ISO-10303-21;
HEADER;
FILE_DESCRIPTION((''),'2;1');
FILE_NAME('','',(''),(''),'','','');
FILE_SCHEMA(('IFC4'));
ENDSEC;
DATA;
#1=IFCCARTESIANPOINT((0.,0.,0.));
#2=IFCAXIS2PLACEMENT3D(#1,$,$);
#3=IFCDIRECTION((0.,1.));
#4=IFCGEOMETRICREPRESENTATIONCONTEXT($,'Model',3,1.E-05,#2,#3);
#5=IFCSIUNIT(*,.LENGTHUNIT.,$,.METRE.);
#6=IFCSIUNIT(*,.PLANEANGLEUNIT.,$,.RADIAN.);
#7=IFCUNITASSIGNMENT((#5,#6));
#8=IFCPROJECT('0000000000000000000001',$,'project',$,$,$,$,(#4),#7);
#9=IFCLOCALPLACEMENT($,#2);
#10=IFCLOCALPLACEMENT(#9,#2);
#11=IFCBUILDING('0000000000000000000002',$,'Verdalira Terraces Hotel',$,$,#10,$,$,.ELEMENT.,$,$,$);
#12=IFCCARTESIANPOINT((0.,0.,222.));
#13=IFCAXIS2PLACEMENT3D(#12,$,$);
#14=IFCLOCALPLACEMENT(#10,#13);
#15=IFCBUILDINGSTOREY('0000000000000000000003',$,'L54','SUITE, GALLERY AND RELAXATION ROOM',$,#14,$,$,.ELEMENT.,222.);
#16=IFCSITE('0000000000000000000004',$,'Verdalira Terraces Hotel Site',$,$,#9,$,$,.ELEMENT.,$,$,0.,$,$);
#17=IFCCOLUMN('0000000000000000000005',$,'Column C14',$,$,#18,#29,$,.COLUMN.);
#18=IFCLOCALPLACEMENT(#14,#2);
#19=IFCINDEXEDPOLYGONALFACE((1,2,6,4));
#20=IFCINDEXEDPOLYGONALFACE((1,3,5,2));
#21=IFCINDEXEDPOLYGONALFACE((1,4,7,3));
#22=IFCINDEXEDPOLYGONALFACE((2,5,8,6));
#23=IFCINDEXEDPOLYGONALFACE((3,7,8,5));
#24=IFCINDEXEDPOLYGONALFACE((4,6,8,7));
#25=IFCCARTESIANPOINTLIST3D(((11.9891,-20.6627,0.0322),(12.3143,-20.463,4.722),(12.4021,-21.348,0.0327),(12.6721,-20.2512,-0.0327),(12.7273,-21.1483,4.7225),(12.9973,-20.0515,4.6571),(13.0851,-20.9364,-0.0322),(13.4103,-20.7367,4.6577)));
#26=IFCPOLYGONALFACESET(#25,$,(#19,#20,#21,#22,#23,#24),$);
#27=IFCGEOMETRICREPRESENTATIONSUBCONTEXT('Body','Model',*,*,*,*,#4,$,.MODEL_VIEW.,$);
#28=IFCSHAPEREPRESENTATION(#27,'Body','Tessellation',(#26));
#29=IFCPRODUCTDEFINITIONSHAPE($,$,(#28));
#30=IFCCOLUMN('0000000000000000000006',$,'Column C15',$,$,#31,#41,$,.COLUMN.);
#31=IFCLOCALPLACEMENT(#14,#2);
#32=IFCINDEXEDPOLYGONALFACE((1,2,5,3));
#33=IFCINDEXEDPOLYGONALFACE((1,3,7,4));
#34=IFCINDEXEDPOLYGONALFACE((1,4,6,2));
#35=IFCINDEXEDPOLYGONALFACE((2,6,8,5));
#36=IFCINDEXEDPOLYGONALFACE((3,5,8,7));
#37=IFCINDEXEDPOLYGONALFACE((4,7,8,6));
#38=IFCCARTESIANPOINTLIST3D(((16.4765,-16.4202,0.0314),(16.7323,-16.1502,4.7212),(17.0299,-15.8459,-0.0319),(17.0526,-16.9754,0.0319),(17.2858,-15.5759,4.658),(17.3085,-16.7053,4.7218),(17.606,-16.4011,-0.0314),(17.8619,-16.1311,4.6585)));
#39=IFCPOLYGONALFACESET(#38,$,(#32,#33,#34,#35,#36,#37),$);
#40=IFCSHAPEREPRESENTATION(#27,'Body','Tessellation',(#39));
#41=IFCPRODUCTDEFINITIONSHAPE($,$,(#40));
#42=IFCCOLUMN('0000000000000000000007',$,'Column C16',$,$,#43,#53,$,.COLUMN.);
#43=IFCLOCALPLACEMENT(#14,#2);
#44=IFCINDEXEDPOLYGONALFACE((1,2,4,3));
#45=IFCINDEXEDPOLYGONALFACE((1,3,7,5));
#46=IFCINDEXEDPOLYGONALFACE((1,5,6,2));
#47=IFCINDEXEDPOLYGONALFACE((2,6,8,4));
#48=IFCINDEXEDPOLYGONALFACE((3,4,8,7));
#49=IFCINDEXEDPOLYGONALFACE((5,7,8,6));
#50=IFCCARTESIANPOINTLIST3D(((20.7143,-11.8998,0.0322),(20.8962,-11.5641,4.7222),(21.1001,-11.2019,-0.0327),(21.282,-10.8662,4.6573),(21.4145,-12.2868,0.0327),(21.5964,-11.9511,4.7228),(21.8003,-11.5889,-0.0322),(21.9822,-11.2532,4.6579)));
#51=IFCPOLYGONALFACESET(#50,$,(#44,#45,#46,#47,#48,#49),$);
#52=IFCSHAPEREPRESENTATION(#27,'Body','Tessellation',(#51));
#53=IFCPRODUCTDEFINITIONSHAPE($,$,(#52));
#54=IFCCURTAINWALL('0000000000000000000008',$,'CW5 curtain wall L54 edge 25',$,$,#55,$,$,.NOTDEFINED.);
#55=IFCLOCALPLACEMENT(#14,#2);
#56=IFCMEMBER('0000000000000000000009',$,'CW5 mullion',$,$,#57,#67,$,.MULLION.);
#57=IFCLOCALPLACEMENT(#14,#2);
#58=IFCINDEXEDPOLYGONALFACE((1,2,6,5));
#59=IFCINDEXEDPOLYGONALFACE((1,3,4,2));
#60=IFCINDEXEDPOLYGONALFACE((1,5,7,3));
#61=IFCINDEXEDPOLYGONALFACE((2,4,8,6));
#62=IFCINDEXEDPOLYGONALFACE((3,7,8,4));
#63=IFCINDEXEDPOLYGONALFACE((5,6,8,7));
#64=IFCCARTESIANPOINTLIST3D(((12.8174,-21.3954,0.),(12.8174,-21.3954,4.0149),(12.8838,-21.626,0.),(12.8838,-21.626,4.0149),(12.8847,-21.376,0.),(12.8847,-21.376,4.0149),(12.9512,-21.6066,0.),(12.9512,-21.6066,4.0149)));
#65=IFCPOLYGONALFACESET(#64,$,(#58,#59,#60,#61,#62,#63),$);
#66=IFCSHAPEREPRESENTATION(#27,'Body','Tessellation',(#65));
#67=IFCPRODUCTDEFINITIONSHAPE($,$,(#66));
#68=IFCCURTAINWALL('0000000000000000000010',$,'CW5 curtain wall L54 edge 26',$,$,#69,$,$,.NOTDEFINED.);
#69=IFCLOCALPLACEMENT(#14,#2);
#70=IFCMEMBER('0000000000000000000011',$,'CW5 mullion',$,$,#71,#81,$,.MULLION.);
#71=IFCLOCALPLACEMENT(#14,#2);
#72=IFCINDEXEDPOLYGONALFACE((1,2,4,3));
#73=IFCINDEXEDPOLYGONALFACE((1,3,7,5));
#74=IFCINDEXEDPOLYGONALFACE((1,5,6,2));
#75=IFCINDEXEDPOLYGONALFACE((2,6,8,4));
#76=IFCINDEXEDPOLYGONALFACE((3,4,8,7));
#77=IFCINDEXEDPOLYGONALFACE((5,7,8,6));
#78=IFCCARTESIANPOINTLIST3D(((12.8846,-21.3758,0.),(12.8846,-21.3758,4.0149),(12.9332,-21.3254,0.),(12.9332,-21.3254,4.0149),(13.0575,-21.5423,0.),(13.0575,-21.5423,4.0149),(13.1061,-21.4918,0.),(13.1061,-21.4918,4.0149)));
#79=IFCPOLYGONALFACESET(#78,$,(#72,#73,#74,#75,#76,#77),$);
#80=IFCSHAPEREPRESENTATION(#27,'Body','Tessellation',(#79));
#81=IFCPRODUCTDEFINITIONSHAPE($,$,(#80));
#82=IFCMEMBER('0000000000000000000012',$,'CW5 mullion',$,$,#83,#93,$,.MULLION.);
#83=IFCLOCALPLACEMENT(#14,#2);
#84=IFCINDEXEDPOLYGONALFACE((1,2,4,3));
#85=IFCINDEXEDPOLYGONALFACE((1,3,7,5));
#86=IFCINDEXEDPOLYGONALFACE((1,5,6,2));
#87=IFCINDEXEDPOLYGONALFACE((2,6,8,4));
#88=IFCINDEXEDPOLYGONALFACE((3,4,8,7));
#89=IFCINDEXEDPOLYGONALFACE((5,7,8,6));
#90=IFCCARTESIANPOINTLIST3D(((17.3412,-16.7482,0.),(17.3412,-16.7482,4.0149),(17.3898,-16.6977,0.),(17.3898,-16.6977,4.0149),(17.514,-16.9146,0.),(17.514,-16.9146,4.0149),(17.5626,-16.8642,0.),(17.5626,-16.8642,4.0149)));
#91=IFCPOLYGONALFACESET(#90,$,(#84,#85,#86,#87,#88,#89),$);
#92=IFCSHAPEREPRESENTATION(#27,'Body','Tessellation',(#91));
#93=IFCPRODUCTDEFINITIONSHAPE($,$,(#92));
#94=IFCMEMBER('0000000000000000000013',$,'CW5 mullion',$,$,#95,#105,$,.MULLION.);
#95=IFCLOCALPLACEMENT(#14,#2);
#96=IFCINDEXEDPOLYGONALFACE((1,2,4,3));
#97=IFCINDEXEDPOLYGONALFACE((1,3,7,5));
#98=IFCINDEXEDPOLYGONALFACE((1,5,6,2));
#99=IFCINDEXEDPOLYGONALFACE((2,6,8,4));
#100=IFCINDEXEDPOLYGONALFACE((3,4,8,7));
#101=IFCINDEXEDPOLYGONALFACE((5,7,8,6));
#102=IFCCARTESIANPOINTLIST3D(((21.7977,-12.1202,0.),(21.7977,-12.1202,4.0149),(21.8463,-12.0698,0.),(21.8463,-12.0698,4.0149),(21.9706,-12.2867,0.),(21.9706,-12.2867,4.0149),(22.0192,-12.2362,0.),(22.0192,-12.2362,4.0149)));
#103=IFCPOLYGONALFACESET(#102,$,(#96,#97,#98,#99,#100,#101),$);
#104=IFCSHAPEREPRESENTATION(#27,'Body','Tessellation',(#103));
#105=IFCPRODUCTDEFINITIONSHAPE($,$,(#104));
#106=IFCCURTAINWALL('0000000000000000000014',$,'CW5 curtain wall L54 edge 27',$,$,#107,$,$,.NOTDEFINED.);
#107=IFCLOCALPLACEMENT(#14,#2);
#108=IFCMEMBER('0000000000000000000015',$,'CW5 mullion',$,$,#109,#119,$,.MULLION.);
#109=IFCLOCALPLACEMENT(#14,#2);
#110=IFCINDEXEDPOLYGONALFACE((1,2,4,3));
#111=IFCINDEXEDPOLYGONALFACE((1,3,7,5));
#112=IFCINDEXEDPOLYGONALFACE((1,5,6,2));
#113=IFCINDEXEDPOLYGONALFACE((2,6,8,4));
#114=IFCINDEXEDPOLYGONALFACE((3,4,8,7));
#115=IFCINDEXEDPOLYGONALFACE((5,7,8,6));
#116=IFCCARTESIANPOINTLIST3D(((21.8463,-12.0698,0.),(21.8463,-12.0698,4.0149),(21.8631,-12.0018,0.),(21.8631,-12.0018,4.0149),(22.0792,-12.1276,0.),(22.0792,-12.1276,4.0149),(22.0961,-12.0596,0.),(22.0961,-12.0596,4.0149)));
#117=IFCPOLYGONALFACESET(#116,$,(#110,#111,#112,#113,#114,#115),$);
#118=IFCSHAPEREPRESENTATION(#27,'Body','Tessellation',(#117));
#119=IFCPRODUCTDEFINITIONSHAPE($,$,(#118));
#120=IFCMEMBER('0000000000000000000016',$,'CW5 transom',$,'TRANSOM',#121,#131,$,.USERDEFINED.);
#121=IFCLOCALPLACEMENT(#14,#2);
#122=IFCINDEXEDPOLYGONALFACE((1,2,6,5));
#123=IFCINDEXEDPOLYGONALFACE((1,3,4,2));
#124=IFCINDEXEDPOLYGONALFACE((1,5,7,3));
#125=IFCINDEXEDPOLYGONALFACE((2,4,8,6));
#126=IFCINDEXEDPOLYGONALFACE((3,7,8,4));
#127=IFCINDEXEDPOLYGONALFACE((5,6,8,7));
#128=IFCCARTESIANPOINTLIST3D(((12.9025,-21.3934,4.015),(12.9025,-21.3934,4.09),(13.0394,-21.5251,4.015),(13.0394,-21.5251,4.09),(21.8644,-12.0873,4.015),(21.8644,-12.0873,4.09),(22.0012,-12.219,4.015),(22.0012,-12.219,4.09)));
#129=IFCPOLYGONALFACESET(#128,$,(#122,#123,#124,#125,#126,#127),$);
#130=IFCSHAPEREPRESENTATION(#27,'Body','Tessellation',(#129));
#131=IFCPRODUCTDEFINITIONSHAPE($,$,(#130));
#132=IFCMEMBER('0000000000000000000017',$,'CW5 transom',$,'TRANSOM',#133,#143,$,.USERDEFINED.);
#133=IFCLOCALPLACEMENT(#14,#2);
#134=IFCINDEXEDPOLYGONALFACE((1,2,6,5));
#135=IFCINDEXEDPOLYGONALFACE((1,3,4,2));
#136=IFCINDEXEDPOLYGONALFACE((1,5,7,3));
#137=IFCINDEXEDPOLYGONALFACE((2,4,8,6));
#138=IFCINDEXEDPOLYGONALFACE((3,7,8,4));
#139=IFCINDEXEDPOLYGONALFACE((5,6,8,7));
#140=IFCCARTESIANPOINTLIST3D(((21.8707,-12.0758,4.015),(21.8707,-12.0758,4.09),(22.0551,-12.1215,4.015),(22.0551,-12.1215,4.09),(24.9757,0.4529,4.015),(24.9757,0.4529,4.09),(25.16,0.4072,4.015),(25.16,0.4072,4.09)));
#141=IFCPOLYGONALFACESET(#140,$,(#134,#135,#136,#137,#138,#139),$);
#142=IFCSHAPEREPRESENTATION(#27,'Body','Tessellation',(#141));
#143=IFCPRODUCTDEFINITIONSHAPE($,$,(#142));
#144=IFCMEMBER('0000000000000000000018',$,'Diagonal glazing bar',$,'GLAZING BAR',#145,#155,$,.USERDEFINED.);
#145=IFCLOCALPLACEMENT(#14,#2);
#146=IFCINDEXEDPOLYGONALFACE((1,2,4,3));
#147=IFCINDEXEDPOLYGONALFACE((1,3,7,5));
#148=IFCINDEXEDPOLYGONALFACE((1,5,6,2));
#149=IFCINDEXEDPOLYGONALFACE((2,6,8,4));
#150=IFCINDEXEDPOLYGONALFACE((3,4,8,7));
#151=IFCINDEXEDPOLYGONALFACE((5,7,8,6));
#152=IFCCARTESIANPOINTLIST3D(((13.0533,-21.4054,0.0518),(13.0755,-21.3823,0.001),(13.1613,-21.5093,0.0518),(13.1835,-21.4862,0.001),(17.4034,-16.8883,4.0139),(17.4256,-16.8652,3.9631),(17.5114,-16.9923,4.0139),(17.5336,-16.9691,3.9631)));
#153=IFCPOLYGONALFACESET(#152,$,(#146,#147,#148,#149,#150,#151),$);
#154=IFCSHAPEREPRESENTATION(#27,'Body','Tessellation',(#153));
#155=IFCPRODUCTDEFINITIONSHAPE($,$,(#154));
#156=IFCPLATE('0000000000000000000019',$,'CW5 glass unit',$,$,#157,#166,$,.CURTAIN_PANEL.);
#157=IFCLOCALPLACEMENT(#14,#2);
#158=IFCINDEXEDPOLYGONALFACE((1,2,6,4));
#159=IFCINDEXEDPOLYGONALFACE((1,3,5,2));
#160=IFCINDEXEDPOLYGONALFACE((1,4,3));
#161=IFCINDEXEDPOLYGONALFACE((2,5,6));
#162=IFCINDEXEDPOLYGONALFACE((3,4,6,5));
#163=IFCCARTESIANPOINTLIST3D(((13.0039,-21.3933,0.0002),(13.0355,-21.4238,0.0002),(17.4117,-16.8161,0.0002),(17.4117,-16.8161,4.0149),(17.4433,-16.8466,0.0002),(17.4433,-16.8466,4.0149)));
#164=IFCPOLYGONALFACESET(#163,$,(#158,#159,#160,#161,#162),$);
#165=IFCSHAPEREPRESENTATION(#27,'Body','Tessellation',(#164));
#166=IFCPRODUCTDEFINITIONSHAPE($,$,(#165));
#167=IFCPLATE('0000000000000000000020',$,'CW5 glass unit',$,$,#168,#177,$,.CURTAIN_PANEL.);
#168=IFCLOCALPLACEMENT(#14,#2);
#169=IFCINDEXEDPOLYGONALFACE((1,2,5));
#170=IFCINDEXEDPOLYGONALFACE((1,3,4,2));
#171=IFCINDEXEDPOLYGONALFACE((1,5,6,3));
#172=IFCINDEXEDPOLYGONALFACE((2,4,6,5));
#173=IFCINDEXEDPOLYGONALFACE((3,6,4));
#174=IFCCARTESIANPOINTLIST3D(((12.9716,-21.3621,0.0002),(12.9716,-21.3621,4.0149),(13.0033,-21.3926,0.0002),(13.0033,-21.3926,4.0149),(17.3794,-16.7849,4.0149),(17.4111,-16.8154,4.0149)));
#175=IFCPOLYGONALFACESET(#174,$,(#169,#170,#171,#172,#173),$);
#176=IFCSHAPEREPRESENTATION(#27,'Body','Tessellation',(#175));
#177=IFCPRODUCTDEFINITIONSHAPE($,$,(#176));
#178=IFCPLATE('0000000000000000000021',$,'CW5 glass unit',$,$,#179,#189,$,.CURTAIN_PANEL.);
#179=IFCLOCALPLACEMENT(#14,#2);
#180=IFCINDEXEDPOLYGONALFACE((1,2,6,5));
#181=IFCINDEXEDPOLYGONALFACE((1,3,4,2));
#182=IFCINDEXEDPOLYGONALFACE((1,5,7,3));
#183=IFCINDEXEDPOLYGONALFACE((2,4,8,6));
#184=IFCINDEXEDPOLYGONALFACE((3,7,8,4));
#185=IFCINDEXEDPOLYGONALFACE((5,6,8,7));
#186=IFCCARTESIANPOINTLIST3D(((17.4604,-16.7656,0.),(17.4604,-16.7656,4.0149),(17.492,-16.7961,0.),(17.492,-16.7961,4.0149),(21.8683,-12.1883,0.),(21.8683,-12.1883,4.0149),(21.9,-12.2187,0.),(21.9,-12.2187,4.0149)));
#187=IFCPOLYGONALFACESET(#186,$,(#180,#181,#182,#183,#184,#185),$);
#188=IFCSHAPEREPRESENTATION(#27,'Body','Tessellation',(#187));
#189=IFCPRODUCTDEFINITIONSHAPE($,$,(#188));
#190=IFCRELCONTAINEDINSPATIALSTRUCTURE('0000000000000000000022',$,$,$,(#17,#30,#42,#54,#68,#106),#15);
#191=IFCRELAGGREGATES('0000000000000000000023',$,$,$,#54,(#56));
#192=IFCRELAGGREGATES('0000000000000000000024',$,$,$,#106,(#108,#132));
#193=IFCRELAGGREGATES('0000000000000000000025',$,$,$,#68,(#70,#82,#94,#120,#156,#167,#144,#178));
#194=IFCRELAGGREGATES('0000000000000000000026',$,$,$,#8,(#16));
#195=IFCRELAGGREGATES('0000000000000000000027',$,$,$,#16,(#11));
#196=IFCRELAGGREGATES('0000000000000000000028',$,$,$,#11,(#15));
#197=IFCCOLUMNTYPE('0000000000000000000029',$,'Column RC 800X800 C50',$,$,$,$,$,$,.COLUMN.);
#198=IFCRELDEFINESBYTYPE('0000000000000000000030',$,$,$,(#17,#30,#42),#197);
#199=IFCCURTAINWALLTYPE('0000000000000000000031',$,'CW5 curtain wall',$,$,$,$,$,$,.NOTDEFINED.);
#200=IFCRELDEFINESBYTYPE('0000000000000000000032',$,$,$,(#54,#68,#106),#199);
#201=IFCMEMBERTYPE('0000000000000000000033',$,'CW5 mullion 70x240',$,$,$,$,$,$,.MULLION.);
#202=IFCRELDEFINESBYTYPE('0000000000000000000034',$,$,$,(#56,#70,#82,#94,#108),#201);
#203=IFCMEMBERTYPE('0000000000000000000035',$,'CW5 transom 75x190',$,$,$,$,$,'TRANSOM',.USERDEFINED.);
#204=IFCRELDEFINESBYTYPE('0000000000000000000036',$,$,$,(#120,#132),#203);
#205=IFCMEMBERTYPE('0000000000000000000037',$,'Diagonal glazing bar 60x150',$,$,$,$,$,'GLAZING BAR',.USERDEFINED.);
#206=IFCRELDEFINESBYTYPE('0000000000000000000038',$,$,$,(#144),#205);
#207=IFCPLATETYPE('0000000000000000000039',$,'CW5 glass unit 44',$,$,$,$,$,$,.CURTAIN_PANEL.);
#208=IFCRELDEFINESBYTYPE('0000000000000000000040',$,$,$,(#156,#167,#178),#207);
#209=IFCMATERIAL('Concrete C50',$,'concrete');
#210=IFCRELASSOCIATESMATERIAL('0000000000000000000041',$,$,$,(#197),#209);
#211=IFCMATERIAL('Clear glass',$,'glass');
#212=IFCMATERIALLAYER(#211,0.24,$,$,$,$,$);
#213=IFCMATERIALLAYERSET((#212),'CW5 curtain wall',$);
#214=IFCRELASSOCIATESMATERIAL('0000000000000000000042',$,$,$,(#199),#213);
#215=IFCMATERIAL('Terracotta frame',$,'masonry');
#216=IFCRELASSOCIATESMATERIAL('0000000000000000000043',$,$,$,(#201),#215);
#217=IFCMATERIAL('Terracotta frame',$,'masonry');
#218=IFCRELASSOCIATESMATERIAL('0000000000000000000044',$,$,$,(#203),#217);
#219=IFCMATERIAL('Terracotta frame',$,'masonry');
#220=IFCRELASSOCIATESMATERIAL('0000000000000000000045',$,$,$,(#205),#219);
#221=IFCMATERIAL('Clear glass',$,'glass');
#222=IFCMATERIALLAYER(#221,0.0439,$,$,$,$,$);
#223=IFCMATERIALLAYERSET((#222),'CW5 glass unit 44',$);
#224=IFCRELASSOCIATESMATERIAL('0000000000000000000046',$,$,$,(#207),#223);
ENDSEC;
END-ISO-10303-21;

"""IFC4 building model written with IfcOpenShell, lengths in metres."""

from ifc_helpers import new_model, si_unit, direction, frame, origin, origin_2d, place, context, subcontext, project, spatial, polyline, rectangle, outline, extrude, material, layer, layer_set, material_profile, profile_set, type_object, element, aggregate, save


model = new_model("IFC4")

# Units and contexts
model_context = context("Model", 3, precision=1e-05, world=origin(), true_north=direction((0.0, 1.0)))
body_context = subcontext(model_context, "Body", "Model", "MODEL_VIEW")
ifc_project = project(units=[si_unit("LENGTHUNIT", "METRE"), si_unit("PLANEANGLEUNIT", "RADIAN")], contexts=[model_context])

# Site, building, storey
site_placement = place(None, origin())
site = spatial("IfcSite", under=ifc_project, at=site_placement, Name="Verdalira Terraces Hotel Site", CompositionType="ELEMENT", RefElevation=0.0)
building_placement = place(site_placement, origin())
building = spatial("IfcBuilding", under=site, at=building_placement, Name="Verdalira Terraces Hotel", CompositionType="ELEMENT")
storey_placement = place(building_placement, frame((0.0, 0.0, 222.0)))
storey = spatial("IfcBuildingStorey", under=building, at=storey_placement, Name="L54", Description="SUITE, GALLERY AND RELAXATION ROOM", CompositionType="ELEMENT", Elevation=222.0)

# Columns
ifc_material_1 = material(Name="Concrete C50", Category="concrete")
ifc_material_profile_1 = material_profile(ifc_material_1, rectangle(XDim=0.8, YDim=0.8, at=origin_2d()), Name="RC 800X800")
ifc_profile_set_1 = profile_set([ifc_material_profile_1], Name="Concrete C50")
column_type = type_object("IfcColumnType", Name="Column RC 800X800 C50", PredefinedType="COLUMN", material=ifc_profile_set_1)
column_1_placement = place(storey_placement, frame((12.5371, -20.7996, 0.0), z_axis=(0.06911, 0.042442, 0.996706), x_axis=(-0.853703, -0.514407, 0.081099)))
element("IfcColumn", 1, at=column_1_placement, inside=storey, type_object=column_type, Name="Column C14", PredefinedType="COLUMN", context=body_context, shape_type="SweptSolid", body=[
    extrude(rectangle(XDim=0.8, YDim=0.8, at=origin_2d()), origin(), (0.0, 0.0, 1.0), 4.7053),
])
column_2_placement = place(storey_placement, frame((17.0413, -16.4106, 0.0), z_axis=(0.054384, 0.057394, 0.996869), x_axis=(0.69174, 0.717805, -0.079065)))
element("IfcColumn", 2, at=column_2_placement, inside=storey, type_object=column_type, Name="Column C15", PredefinedType="COLUMN", context=body_context, shape_type="SweptSolid", body=[
    extrude(rectangle(XDim=0.8, YDim=0.8, at=origin_2d()), origin(), (0.0, 0.0, 1.0), 4.7046),
])
column_3_placement = place(storey_placement, frame((21.2573, -11.7444, 0.0), z_axis=(0.038654, 0.071341, 0.996703), x_axis=(-0.482189, -0.872302, 0.081137)))
element("IfcColumn", 3, at=column_3_placement, inside=storey, type_object=column_type, Name="Column C16", PredefinedType="COLUMN", context=body_context, shape_type="SweptSolid", body=[
    extrude(rectangle(XDim=0.8, YDim=0.8, at=origin_2d()), origin(), (0.0, 0.0, 1.0), 4.7056),
])

# Curtain wall, member
ifc_material_2 = material(Name="Clear glass", Category="glass")
ifc_layer_1 = layer(ifc_material_2, 0.24)
ifc_layer_set_1 = layer_set([ifc_layer_1], Name="CW5 curtain wall")
curtain_wall_type = type_object("IfcCurtainWallType", Name="CW5 curtain wall", PredefinedType="NOTDEFINED", material=ifc_layer_set_1)
curtain_wall_1_placement = place(storey_placement, origin())
curtain_wall_1 = element("IfcCurtainWall", 4, at=curtain_wall_1_placement, inside=storey, type_object=curtain_wall_type, Name="CW5 curtain wall L54 edge 25", PredefinedType="NOTDEFINED")
ifc_material_3 = material(Name="Terracotta frame", Category="masonry")
ifc_material_profile_2 = material_profile(ifc_material_3, rectangle(XDim=0.0701, YDim=0.24, at=origin_2d()), Name="MU 70x240")
ifc_profile_set_2 = profile_set([ifc_material_profile_2], Name="Terracotta frame")
member_type_1 = type_object("IfcMemberType", Name="CW5 mullion 70x240", PredefinedType="MULLION", material=ifc_profile_set_2)
member_1_placement = place(storey_placement, frame((12.8843, -21.501, 0.0), z_axis=(0.0, 0.0, 1.0), x_axis=(0.960876, 0.276979, 0.0)))
member_1 = element("IfcMember", 5, at=member_1_placement, type_object=member_type_1, Name="CW5 mullion", PredefinedType="MULLION", context=body_context, shape_type="SweptSolid", body=[
    extrude(rectangle(XDim=0.0701, YDim=0.24, at=origin_2d()), origin(), (0.0, 0.0, 1.0), 4.0149),
])
aggregate(curtain_wall_1, [member_1])

# Curtain wall, members
curtain_wall_2_placement = place(storey_placement, origin())
curtain_wall_2 = element("IfcCurtainWall", 6, at=curtain_wall_2_placement, inside=storey, type_object=curtain_wall_type, Name="CW5 curtain wall L54 edge 26", PredefinedType="NOTDEFINED")
member_2_placement = place(storey_placement, frame((12.9954, -21.4338, 0.0), z_axis=(0.0, 0.0, 1.0), x_axis=(0.693653, 0.720309, 0.0)))
member_2 = element("IfcMember", 7, at=member_2_placement, type_object=member_type_1, Name="CW5 mullion", PredefinedType="MULLION", context=body_context, shape_type="SweptSolid", body=[
    extrude(rectangle(XDim=0.0701, YDim=0.24, at=origin_2d()), origin(), (0.0, 0.0, 1.0), 4.0149),
])
member_3_placement = place(storey_placement, frame((17.4519, -16.8062, 0.0), z_axis=(0.0, 0.0, 1.0), x_axis=(0.693653, 0.720309, 0.0)))
member_3 = element("IfcMember", 8, at=member_3_placement, type_object=member_type_1, Name="CW5 mullion", PredefinedType="MULLION", context=body_context, shape_type="SweptSolid", body=[
    extrude(rectangle(XDim=0.0701, YDim=0.24, at=origin_2d()), origin(), (0.0, 0.0, 1.0), 4.0149),
])
member_4_placement = place(storey_placement, frame((21.9084, -12.1782, 0.0), z_axis=(0.0, 0.0, 1.0), x_axis=(0.693653, 0.720309, 0.0)))
member_4 = element("IfcMember", 9, at=member_4_placement, type_object=member_type_1, Name="CW5 mullion", PredefinedType="MULLION", context=body_context, shape_type="SweptSolid", body=[
    extrude(rectangle(XDim=0.0701, YDim=0.24, at=origin_2d()), origin(), (0.0, 0.0, 1.0), 4.0149),
])

# Curtain wall, member
curtain_wall_3_placement = place(storey_placement, origin())
curtain_wall_3 = element("IfcCurtainWall", 10, at=curtain_wall_3_placement, inside=storey, type_object=curtain_wall_type, Name="CW5 curtain wall L54 edge 27", PredefinedType="NOTDEFINED")
member_5_placement = place(storey_placement, frame((21.9712, -12.0647, 0.0), z_axis=(0.0, 0.0, 1.0), x_axis=(0.240567, 0.970633, 0.0)))
member_5 = element("IfcMember", 11, at=member_5_placement, type_object=member_type_1, Name="CW5 mullion", PredefinedType="MULLION", context=body_context, shape_type="SweptSolid", body=[
    extrude(rectangle(XDim=0.0701, YDim=0.24, at=origin_2d()), origin(), (0.0, 0.0, 1.0), 4.0149),
])

# Members
ifc_material_4 = material(Name="Terracotta frame", Category="masonry")
ifc_material_profile_3 = material_profile(ifc_material_4, rectangle(XDim=0.1899, YDim=0.075, at=origin_2d()), Name="TR 75x190")
ifc_profile_set_3 = profile_set([ifc_material_profile_3], Name="Terracotta frame")
member_type_2 = type_object("IfcMemberType", Name="CW5 transom 75x190", ElementType="TRANSOM", PredefinedType="USERDEFINED", material=ifc_profile_set_3)
member_6_placement = place(storey_placement, frame((12.9709, -21.4592, 4.0525), z_axis=(0.693659, 0.720303, 0.0), x_axis=(-0.720303, 0.693659, 0.0)))
member_6 = element("IfcMember", 12, at=member_6_placement, type_object=member_type_2, Name="CW5 transom", ObjectType="TRANSOM", PredefinedType="USERDEFINED", context=body_context, shape_type="SweptSolid", body=[
    extrude(rectangle(XDim=0.1899, YDim=0.075, at=origin_2d()), origin(), (0.0, 0.0, 1.0), 12.9197),
])
member_7_placement = place(storey_placement, frame((21.9629, -12.0986, 4.0525), z_axis=(0.24055, 0.970637, 0.0), x_axis=(-0.970637, 0.24055, 0.0)))
member_7 = element("IfcMember", 13, at=member_7_placement, type_object=member_type_2, Name="CW5 transom", ObjectType="TRANSOM", PredefinedType="USERDEFINED", context=body_context, shape_type="SweptSolid", body=[
    extrude(rectangle(XDim=0.1899, YDim=0.075, at=origin_2d()), origin(), (0.0, 0.0, 1.0), 12.9077),
])
aggregate(curtain_wall_3, [member_5, member_7])
ifc_material_5 = material(Name="Terracotta frame", Category="masonry")
ifc_material_profile_4 = material_profile(ifc_material_5, rectangle(XDim=0.1499, YDim=0.0601, at=origin_2d()), Name="GB 60x150")
ifc_profile_set_4 = profile_set([ifc_material_profile_4], Name="Terracotta frame")
member_type_3 = type_object("IfcMemberType", Name="Diagonal glazing bar 60x150", ElementType="GLAZING BAR", PredefinedType="USERDEFINED", material=ifc_profile_set_4)
member_8_placement = place(storey_placement, frame((13.1184, -21.4458, 0.0264), z_axis=(0.586428, 0.60894, 0.53413), x_axis=(-0.720296, 0.693667, 0.0)))
member_8 = element("IfcMember", 14, at=member_8_placement, type_object=member_type_3, Name="Diagonal glazing bar", ObjectType="GLAZING BAR", PredefinedType="USERDEFINED", context=body_context, shape_type="SweptSolid", body=[
    extrude(rectangle(XDim=0.1499, YDim=0.0601, at=origin_2d()), origin(), (0.0, 0.0, 1.0), 7.418),
])

# Plates
ifc_material_6 = material(Name="Clear glass", Category="glass")
ifc_layer_2 = layer(ifc_material_6, 0.0439)
ifc_layer_set_2 = layer_set([ifc_layer_2], Name="CW5 glass unit 44")
plate_type = type_object("IfcPlateType", Name="CW5 glass unit 44", PredefinedType="CURTAIN_PANEL", material=ifc_layer_set_2)
plate_1_placement = place(storey_placement, frame((15.2078, -19.1047, 2.0076), z_axis=(0.720309, -0.693653, 0.0), x_axis=(0.693653, 0.720309, 0.0)))
plate_1 = element("IfcPlate", 15, at=plate_1_placement, type_object=plate_type, Name="CW5 glass unit", PredefinedType="CURTAIN_PANEL", context=body_context, shape_type="SweptSolid", body=[
    extrude(outline(polyline([(-3.1772, -2.0073), (3.1772, -2.0073), (3.1772, 2.0073), (-3.1772, -2.0073)])), origin(), (0.0, 0.0, 1.0), 0.0439),
])
plate_2_placement = place(storey_placement, frame((15.1755, -19.0735, 2.0076), z_axis=(0.720309, -0.693653, 0.0), x_axis=(0.693653, 0.720309, 0.0)))
plate_2 = element("IfcPlate", 16, at=plate_2_placement, type_object=plate_type, Name="CW5 glass unit", PredefinedType="CURTAIN_PANEL", context=body_context, shape_type="SweptSolid", body=[
    extrude(outline(polyline([(-3.1772, -2.0073), (3.1772, 2.0073), (-3.1772, 2.0073), (-3.1772, -2.0073)])), origin(), (0.0, 0.0, 1.0), 0.0439),
])
plate_3_placement = place(storey_placement, frame((19.6802, -14.4922, 0.0), z_axis=(0.0, 0.0, 1.0), x_axis=(0.693653, 0.720309, 0.0)))
plate_3 = element("IfcPlate", 17, at=plate_3_placement, type_object=plate_type, Name="CW5 glass unit", PredefinedType="CURTAIN_PANEL", context=body_context, shape_type="SweptSolid", body=[
    extrude(rectangle(XDim=6.3547, YDim=0.0439, at=origin_2d()), origin(), (0.0, 0.0, 1.0), 4.0149),
])
aggregate(curtain_wall_2, [member_2, member_3, member_4, member_6, plate_1, plate_2, member_8, plate_3])

save(model, "model.ifc")
